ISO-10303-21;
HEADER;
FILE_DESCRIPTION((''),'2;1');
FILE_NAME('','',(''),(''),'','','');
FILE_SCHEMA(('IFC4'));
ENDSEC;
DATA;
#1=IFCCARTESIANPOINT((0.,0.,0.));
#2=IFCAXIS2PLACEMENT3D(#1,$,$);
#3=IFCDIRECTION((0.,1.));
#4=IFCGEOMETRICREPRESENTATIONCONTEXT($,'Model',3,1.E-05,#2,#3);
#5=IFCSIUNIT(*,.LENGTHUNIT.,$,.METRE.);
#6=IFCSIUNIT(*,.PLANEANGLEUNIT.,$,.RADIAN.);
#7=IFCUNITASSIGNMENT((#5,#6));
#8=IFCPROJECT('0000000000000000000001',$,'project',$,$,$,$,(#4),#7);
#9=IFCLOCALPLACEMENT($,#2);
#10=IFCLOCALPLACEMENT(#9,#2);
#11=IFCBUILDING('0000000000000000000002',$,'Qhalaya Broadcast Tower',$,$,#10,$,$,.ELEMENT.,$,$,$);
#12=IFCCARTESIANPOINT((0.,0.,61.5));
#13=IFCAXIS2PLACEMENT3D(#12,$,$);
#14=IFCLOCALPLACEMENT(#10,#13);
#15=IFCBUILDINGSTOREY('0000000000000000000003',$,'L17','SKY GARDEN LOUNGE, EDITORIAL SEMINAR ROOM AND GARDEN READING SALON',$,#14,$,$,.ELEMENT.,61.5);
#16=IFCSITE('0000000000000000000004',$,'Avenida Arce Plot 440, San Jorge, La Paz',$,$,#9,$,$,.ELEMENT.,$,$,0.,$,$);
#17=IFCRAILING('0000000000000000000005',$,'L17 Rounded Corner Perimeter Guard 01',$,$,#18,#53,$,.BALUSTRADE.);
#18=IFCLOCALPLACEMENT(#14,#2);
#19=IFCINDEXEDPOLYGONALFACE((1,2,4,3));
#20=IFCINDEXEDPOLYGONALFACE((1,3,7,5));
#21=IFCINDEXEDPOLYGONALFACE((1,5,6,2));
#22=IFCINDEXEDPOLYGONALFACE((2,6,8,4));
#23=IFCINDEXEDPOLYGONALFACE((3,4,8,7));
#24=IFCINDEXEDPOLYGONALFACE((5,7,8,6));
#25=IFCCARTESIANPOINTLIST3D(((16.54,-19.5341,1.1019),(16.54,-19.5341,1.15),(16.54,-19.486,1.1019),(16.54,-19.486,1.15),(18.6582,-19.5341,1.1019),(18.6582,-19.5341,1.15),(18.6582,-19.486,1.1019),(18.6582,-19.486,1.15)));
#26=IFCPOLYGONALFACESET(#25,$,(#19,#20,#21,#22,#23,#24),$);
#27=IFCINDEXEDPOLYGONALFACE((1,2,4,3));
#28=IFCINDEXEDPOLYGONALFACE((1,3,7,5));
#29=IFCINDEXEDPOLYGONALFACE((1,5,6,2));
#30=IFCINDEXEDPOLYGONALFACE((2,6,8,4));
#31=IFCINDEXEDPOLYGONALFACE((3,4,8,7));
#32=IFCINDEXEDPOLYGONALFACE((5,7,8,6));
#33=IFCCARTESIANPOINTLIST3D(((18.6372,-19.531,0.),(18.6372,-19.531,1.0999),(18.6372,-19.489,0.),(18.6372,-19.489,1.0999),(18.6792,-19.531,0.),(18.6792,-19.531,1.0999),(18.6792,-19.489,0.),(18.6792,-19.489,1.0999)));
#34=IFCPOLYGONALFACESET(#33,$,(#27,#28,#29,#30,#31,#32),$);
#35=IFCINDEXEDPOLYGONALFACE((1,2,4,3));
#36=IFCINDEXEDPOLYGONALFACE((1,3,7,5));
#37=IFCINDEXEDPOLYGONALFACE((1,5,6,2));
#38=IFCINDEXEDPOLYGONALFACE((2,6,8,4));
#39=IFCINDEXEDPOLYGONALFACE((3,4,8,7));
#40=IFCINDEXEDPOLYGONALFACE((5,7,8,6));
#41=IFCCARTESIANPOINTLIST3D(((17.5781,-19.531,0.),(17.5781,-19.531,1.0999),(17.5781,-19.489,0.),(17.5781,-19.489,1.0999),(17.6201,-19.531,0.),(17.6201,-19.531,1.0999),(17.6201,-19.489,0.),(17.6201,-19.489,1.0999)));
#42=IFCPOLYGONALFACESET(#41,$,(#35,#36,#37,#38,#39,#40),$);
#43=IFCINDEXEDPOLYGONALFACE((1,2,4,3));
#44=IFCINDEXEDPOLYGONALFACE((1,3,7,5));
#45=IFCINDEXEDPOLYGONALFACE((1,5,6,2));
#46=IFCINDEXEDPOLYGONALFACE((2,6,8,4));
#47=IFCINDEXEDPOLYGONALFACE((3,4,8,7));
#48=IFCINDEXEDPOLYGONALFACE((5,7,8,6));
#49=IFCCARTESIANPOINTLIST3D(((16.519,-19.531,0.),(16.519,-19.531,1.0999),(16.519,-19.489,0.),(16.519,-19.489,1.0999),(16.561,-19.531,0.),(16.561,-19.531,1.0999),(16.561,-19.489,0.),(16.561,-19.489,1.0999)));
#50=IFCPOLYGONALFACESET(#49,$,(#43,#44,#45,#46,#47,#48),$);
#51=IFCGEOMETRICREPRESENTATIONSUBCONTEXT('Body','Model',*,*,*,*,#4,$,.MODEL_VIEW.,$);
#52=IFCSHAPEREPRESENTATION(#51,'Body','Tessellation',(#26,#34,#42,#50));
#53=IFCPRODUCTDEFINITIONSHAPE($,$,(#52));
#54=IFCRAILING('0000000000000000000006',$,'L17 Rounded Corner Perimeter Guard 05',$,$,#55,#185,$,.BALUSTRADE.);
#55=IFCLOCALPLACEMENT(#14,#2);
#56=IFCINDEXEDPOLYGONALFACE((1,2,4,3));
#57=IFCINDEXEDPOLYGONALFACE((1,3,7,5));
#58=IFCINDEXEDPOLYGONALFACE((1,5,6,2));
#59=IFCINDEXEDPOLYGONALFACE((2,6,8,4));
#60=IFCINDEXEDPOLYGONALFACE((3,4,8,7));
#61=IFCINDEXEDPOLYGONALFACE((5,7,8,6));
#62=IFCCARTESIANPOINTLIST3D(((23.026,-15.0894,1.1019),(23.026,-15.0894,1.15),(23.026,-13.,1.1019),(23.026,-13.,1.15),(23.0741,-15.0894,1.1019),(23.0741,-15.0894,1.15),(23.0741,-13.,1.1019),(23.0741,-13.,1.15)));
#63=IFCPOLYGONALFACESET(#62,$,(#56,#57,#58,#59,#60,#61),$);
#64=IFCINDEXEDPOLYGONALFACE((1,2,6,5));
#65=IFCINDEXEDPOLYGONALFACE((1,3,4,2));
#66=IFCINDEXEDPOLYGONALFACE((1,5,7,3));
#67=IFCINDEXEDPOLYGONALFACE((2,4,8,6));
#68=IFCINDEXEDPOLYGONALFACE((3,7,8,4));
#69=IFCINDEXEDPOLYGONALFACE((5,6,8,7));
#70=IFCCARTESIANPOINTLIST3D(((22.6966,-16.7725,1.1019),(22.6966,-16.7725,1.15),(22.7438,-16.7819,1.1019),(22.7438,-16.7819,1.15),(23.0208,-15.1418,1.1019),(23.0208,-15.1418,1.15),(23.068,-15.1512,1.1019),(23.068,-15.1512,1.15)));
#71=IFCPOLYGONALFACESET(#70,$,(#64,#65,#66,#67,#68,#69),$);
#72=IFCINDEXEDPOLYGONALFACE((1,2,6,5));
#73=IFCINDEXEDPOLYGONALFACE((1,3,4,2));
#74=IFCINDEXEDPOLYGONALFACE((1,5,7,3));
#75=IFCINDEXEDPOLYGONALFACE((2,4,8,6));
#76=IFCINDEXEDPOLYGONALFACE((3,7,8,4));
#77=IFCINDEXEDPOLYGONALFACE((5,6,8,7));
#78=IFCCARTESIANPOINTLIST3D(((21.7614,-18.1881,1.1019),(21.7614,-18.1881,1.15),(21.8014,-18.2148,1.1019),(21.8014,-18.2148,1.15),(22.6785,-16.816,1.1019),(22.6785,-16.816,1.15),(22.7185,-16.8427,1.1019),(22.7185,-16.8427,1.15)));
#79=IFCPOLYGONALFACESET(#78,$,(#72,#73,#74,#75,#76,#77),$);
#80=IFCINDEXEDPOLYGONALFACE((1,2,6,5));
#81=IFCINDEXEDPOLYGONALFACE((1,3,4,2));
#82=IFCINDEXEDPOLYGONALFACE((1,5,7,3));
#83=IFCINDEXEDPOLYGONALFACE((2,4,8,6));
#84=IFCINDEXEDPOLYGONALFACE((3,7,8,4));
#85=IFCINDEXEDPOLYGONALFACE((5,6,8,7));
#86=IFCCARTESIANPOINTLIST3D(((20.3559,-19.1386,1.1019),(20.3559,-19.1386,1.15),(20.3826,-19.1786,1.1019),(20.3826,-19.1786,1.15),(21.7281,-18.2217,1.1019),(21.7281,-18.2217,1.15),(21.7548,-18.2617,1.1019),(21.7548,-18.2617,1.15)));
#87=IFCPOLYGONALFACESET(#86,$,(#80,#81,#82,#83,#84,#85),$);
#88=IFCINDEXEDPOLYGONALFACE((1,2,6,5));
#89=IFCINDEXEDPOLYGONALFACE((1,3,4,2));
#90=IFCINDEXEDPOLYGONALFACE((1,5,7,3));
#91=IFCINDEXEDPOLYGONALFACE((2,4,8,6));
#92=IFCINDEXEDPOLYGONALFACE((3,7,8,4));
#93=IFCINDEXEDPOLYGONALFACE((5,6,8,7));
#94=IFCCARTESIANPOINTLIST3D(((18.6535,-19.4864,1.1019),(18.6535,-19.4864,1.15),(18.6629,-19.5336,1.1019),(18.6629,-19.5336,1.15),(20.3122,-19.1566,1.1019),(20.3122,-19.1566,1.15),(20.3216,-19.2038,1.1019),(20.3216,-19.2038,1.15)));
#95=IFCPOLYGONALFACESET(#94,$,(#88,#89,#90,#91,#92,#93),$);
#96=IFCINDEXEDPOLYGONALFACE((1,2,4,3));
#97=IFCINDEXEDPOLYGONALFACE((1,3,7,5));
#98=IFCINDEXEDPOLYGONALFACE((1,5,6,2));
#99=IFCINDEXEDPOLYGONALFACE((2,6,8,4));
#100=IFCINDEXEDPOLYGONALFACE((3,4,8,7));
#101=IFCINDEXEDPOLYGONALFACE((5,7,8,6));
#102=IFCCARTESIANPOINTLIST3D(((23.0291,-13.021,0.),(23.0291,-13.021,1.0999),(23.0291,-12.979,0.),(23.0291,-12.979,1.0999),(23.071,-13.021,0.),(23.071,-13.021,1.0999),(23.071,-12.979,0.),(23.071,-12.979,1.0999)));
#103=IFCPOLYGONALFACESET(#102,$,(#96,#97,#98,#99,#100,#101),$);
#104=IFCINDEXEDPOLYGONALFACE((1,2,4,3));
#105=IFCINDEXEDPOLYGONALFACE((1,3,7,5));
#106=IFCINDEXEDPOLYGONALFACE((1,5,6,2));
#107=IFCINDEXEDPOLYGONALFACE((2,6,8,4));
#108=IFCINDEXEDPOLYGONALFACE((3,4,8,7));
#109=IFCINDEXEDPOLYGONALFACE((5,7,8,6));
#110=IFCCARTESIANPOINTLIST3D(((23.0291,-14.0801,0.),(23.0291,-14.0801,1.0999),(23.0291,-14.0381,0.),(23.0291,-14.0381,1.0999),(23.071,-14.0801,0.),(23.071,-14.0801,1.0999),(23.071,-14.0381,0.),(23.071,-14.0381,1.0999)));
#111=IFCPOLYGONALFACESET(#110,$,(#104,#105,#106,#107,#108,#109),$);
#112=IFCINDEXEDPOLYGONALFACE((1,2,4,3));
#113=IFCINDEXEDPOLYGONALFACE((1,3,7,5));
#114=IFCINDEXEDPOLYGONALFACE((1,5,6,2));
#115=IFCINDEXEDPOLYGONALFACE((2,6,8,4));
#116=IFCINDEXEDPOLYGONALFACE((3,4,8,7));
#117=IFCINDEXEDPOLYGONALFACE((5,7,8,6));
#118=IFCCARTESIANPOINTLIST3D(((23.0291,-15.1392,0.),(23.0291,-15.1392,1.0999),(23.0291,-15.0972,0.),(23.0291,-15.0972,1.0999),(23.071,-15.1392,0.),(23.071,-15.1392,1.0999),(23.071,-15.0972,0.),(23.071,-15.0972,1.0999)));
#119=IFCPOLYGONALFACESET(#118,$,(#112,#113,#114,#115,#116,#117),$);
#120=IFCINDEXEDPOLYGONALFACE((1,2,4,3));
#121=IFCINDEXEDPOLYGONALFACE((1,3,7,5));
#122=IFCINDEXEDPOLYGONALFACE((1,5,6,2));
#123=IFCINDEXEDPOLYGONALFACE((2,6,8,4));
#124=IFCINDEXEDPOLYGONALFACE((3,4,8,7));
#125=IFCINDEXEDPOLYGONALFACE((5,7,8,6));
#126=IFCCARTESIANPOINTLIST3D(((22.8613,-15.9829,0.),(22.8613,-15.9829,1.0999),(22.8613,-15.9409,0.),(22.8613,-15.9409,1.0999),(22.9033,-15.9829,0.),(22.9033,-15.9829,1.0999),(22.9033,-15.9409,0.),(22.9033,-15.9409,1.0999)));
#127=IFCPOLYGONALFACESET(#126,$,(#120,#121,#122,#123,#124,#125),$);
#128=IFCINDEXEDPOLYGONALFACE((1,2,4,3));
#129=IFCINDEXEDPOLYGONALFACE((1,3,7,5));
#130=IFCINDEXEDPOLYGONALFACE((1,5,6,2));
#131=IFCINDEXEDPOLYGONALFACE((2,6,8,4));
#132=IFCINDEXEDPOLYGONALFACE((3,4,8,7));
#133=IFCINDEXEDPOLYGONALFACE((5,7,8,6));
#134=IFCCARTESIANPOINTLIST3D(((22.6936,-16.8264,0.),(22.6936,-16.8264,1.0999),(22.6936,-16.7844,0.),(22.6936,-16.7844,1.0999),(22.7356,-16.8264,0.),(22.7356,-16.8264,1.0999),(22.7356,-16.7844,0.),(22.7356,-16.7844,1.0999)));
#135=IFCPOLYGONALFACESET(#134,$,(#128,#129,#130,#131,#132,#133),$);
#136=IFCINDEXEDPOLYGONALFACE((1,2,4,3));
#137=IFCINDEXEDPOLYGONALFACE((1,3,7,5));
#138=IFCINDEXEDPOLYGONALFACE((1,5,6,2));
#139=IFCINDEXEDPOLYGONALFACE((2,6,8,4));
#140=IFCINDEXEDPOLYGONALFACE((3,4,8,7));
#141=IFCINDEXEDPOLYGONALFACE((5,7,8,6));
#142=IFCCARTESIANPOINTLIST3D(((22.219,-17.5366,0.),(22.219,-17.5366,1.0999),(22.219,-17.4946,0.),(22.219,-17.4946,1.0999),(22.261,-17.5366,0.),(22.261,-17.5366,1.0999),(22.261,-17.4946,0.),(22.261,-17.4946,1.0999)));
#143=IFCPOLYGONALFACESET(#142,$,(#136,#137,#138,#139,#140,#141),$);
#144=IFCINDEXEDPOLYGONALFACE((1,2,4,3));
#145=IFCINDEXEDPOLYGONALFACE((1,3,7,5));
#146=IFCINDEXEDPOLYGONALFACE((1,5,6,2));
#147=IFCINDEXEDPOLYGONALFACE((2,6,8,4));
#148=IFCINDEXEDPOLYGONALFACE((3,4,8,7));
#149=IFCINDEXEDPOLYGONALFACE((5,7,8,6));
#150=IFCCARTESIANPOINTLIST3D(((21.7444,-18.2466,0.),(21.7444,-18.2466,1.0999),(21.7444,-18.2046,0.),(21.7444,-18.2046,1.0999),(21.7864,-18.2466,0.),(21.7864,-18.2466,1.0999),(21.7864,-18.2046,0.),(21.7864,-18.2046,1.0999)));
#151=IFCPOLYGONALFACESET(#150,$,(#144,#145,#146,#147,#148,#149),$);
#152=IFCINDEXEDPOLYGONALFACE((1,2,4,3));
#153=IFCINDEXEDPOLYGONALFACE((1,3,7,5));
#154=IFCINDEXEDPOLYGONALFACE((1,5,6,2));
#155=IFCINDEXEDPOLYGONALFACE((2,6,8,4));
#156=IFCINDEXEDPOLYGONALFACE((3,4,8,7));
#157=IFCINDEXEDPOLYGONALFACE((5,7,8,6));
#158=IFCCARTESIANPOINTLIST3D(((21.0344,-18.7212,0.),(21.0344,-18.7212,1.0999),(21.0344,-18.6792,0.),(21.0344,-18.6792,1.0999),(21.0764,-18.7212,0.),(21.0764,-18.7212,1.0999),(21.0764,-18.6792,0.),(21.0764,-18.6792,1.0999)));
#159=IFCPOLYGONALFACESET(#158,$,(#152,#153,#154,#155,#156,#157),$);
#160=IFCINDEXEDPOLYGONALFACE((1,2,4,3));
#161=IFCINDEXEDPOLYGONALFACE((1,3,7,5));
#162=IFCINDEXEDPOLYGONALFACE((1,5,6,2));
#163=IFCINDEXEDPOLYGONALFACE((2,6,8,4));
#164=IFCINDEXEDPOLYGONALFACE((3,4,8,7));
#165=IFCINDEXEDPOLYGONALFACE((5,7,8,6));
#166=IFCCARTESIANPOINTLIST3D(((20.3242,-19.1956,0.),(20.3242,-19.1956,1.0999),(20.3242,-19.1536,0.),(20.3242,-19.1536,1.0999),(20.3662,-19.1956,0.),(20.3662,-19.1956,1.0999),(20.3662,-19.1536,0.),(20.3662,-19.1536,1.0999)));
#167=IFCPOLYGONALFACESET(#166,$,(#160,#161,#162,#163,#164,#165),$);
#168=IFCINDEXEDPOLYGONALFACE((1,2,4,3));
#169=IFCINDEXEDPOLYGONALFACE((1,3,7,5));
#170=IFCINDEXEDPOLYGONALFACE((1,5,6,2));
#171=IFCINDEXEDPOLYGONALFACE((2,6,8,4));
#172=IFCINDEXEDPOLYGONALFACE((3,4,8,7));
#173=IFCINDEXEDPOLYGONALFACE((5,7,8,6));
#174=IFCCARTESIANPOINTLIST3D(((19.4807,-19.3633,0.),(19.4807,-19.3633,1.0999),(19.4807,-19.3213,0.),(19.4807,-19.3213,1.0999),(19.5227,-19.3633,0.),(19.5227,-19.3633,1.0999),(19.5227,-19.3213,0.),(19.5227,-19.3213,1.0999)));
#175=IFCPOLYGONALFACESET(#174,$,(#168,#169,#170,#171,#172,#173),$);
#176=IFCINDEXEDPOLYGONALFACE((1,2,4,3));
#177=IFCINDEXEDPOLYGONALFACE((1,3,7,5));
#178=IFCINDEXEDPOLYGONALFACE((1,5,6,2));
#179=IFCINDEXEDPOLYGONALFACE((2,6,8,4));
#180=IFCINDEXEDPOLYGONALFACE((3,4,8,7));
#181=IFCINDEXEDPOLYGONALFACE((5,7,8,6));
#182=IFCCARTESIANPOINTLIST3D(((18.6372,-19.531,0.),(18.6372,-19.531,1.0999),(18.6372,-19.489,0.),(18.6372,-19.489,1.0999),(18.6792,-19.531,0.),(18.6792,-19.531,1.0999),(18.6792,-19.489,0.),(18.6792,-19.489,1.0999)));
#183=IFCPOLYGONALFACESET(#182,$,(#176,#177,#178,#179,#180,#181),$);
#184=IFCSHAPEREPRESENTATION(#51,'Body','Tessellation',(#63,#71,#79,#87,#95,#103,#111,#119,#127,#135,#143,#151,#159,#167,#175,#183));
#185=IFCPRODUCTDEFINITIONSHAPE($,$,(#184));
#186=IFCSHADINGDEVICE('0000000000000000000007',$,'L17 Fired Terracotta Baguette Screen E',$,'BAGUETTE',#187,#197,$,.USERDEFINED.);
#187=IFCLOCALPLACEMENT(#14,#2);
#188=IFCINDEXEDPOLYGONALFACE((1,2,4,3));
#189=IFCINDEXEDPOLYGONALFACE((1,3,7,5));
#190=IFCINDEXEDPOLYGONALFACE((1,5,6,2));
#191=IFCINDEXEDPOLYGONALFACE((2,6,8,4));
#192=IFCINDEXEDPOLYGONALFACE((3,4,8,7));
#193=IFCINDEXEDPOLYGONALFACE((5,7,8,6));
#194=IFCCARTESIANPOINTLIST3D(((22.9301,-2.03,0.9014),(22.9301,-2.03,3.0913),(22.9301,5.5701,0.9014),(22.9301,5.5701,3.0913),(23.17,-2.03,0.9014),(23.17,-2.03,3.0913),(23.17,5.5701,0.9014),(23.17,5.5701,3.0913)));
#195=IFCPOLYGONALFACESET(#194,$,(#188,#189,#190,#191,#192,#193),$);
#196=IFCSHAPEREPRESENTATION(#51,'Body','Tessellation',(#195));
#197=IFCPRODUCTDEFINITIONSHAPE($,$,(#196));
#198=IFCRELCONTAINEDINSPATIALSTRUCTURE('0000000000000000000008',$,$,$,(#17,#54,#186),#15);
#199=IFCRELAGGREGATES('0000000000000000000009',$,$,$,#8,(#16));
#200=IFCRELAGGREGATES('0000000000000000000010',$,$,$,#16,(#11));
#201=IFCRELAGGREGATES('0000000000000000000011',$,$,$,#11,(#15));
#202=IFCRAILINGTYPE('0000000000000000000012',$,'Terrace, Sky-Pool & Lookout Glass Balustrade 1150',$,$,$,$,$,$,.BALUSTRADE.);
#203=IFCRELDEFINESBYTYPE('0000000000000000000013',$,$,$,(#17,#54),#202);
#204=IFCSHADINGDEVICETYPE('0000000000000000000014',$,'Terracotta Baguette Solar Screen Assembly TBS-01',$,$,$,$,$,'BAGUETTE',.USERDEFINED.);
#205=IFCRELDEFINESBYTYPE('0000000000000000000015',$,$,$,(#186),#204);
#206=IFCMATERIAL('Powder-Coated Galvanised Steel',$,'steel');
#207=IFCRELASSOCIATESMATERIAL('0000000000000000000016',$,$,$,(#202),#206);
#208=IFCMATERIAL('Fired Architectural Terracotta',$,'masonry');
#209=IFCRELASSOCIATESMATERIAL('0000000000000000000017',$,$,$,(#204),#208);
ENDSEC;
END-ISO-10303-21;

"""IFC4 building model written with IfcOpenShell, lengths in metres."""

from ifc_helpers import new_model, si_unit, direction, frame, origin, origin_2d, place, context, subcontext, project, spatial, rectangle, extrude, material, type_object, element, save


model = new_model("IFC4")

# Units and contexts
model_context = context("Model", 3, precision=1e-05, world=origin(), true_north=direction((0.0, 1.0)))
body_context = subcontext(model_context, "Body", "Model", "MODEL_VIEW")
ifc_project = project(units=[si_unit("LENGTHUNIT", "METRE"), si_unit("PLANEANGLEUNIT", "RADIAN")], contexts=[model_context])

# Site, building, storey
site_placement = place(None, origin())
site = spatial("IfcSite", under=ifc_project, at=site_placement, Name="Avenida Arce Plot 440, San Jorge, La Paz", CompositionType="ELEMENT", RefElevation=0.0)
building_placement = place(site_placement, origin())
building = spatial("IfcBuilding", under=site, at=building_placement, Name="Qhalaya Broadcast Tower", CompositionType="ELEMENT")
storey_placement = place(building_placement, frame((0.0, 0.0, 61.5)))
storey = spatial("IfcBuildingStorey", under=building, at=storey_placement, Name="L17", Description="SKY GARDEN LOUNGE, EDITORIAL SEMINAR ROOM AND GARDEN READING SALON", CompositionType="ELEMENT", Elevation=61.5)

# Railings
ifc_material_1 = material(Name="Powder-Coated Galvanised Steel", Category="steel")
railing_type = type_object("IfcRailingType", Name="Terrace, Sky-Pool & Lookout Glass Balustrade 1150", PredefinedType="BALUSTRADE", material=ifc_material_1)
railing_1_placement = place(storey_placement, frame((18.6582, -19.51, 0.0)))
element("IfcRailing", 1, at=railing_1_placement, inside=storey, type_object=railing_type, Name="L17 Rounded Corner Perimeter Guard 01", PredefinedType="BALUSTRADE", context=body_context, shape_type="SweptSolid", body=[
    extrude(rectangle(XDim=0.0481, YDim=0.0481, at=origin_2d()), frame((0.0, 0.0, 1.126), z_axis=(-1.0, 0.0, 0.0), x_axis=(0.0, -1.0, 0.0)), (0.0, 0.0, 1.0), 2.1182),
    extrude(rectangle(XDim=0.042, YDim=0.042, at=origin_2d()), origin(), (0.0, 0.0, 1.0), 1.0999),
    extrude(rectangle(XDim=0.042, YDim=0.042, at=origin_2d()), frame((-1.0591, 0.0, 0.0)), (0.0, 0.0, 1.0), 1.0999),
    extrude(rectangle(XDim=0.042, YDim=0.042, at=origin_2d()), frame((-2.1182, 0.0, 0.0)), (0.0, 0.0, 1.0), 1.0999),
])
railing_2_placement = place(storey_placement, frame((23.05, -13.0, 0.0)))
element("IfcRailing", 2, at=railing_2_placement, inside=storey, type_object=railing_type, Name="L17 Rounded Corner Perimeter Guard 05", PredefinedType="BALUSTRADE", context=body_context, shape_type="SweptSolid", body=[
    extrude(rectangle(XDim=0.0481, YDim=0.0481, at=origin_2d()), frame((0.0, 0.0, 1.126), z_axis=(0.0, -1.0, 0.0), x_axis=(1.0, 0.0, 0.0)), (0.0, 0.0, 1.0), 2.0894),
    extrude(rectangle(XDim=0.0481, YDim=0.0481, at=origin_2d()), frame((-0.0056, -2.1465, 1.126), z_axis=(-0.194997, -0.980804, 0.0), x_axis=(0.980804, -0.194997, 0.0)), (0.0, 0.0, 1.0), 1.6626),
    extrude(rectangle(XDim=0.0481, YDim=0.0481, at=origin_2d()), frame((-0.3516, -3.8293, 1.126), z_axis=(-0.555689, -0.83139, 0.0), x_axis=(0.83139, -0.555689, 0.0)), (0.0, 0.0, 1.0), 1.6504),
    extrude(rectangle(XDim=0.0481, YDim=0.0481, at=origin_2d()), frame((-1.3086, -5.2417, 1.126), z_axis=(-0.831456, -0.55559, 0.0), x_axis=(0.55559, -0.831456, 0.0)), (0.0, 0.0, 1.0), 1.6504),
    extrude(rectangle(XDim=0.0481, YDim=0.0481, at=origin_2d()), frame((-2.7332, -6.1802, 1.126), z_axis=(-0.980798, -0.195024, 0.0), x_axis=(0.195024, -0.980798, 0.0)), (0.0, 0.0, 1.0), 1.6912),
    extrude(rectangle(XDim=0.042, YDim=0.042, at=origin_2d()), origin(), (0.0, 0.0, 1.0), 1.0999),
    extrude(rectangle(XDim=0.042, YDim=0.042, at=origin_2d()), frame((0.0, -1.0591, 0.0)), (0.0, 0.0, 1.0), 1.0999),
    extrude(rectangle(XDim=0.042, YDim=0.042, at=origin_2d()), frame((0.0, -2.1182, 0.0)), (0.0, 0.0, 1.0), 1.0999),
    extrude(rectangle(XDim=0.042, YDim=0.042, at=origin_2d()), frame((-0.1677, -2.9619, 0.0)), (0.0, 0.0, 1.0), 1.0999),
    extrude(rectangle(XDim=0.042, YDim=0.042, at=origin_2d()), frame((-0.3354, -3.8054, 0.0)), (0.0, 0.0, 1.0), 1.0999),
    extrude(rectangle(XDim=0.042, YDim=0.042, at=origin_2d()), frame((-0.8101, -4.5156, 0.0)), (0.0, 0.0, 1.0), 1.0999),
    extrude(rectangle(XDim=0.042, YDim=0.042, at=origin_2d()), frame((-1.2847, -5.2256, 0.0)), (0.0, 0.0, 1.0), 1.0999),
    extrude(rectangle(XDim=0.042, YDim=0.042, at=origin_2d()), frame((-1.9946, -5.7002, 0.0)), (0.0, 0.0, 1.0), 1.0999),
    extrude(rectangle(XDim=0.042, YDim=0.042, at=origin_2d()), frame((-2.7048, -6.1746, 0.0)), (0.0, 0.0, 1.0), 1.0999),
    extrude(rectangle(XDim=0.042, YDim=0.042, at=origin_2d()), frame((-3.5483, -6.3423, 0.0)), (0.0, 0.0, 1.0), 1.0999),
    extrude(rectangle(XDim=0.042, YDim=0.042, at=origin_2d()), frame((-4.3918, -6.51, 0.0)), (0.0, 0.0, 1.0), 1.0999),
])

# Shading device
ifc_material_2 = material(Name="Fired Architectural Terracotta", Category="masonry")
shading_device_type = type_object("IfcShadingDeviceType", Name="Terracotta Baguette Solar Screen Assembly TBS-01", ElementType="BAGUETTE", PredefinedType="USERDEFINED", material=ifc_material_2)
shading_device_placement = place(storey_placement, frame((23.05, 1.77, 0.9014), z_axis=(0.0, 0.0, 1.0), x_axis=(0.0, 1.0, 0.0)))
element("IfcShadingDevice", 3, at=shading_device_placement, inside=storey, type_object=shading_device_type, Name="L17 Fired Terracotta Baguette Screen E", ObjectType="BAGUETTE", PredefinedType="USERDEFINED", context=body_context, shape_type="SweptSolid", body=[
    extrude(rectangle(XDim=7.6001, YDim=0.24, at=origin_2d()), origin(), (0.0, 0.0, 1.0), 2.1899),
])

save(model, "model.ifc")
